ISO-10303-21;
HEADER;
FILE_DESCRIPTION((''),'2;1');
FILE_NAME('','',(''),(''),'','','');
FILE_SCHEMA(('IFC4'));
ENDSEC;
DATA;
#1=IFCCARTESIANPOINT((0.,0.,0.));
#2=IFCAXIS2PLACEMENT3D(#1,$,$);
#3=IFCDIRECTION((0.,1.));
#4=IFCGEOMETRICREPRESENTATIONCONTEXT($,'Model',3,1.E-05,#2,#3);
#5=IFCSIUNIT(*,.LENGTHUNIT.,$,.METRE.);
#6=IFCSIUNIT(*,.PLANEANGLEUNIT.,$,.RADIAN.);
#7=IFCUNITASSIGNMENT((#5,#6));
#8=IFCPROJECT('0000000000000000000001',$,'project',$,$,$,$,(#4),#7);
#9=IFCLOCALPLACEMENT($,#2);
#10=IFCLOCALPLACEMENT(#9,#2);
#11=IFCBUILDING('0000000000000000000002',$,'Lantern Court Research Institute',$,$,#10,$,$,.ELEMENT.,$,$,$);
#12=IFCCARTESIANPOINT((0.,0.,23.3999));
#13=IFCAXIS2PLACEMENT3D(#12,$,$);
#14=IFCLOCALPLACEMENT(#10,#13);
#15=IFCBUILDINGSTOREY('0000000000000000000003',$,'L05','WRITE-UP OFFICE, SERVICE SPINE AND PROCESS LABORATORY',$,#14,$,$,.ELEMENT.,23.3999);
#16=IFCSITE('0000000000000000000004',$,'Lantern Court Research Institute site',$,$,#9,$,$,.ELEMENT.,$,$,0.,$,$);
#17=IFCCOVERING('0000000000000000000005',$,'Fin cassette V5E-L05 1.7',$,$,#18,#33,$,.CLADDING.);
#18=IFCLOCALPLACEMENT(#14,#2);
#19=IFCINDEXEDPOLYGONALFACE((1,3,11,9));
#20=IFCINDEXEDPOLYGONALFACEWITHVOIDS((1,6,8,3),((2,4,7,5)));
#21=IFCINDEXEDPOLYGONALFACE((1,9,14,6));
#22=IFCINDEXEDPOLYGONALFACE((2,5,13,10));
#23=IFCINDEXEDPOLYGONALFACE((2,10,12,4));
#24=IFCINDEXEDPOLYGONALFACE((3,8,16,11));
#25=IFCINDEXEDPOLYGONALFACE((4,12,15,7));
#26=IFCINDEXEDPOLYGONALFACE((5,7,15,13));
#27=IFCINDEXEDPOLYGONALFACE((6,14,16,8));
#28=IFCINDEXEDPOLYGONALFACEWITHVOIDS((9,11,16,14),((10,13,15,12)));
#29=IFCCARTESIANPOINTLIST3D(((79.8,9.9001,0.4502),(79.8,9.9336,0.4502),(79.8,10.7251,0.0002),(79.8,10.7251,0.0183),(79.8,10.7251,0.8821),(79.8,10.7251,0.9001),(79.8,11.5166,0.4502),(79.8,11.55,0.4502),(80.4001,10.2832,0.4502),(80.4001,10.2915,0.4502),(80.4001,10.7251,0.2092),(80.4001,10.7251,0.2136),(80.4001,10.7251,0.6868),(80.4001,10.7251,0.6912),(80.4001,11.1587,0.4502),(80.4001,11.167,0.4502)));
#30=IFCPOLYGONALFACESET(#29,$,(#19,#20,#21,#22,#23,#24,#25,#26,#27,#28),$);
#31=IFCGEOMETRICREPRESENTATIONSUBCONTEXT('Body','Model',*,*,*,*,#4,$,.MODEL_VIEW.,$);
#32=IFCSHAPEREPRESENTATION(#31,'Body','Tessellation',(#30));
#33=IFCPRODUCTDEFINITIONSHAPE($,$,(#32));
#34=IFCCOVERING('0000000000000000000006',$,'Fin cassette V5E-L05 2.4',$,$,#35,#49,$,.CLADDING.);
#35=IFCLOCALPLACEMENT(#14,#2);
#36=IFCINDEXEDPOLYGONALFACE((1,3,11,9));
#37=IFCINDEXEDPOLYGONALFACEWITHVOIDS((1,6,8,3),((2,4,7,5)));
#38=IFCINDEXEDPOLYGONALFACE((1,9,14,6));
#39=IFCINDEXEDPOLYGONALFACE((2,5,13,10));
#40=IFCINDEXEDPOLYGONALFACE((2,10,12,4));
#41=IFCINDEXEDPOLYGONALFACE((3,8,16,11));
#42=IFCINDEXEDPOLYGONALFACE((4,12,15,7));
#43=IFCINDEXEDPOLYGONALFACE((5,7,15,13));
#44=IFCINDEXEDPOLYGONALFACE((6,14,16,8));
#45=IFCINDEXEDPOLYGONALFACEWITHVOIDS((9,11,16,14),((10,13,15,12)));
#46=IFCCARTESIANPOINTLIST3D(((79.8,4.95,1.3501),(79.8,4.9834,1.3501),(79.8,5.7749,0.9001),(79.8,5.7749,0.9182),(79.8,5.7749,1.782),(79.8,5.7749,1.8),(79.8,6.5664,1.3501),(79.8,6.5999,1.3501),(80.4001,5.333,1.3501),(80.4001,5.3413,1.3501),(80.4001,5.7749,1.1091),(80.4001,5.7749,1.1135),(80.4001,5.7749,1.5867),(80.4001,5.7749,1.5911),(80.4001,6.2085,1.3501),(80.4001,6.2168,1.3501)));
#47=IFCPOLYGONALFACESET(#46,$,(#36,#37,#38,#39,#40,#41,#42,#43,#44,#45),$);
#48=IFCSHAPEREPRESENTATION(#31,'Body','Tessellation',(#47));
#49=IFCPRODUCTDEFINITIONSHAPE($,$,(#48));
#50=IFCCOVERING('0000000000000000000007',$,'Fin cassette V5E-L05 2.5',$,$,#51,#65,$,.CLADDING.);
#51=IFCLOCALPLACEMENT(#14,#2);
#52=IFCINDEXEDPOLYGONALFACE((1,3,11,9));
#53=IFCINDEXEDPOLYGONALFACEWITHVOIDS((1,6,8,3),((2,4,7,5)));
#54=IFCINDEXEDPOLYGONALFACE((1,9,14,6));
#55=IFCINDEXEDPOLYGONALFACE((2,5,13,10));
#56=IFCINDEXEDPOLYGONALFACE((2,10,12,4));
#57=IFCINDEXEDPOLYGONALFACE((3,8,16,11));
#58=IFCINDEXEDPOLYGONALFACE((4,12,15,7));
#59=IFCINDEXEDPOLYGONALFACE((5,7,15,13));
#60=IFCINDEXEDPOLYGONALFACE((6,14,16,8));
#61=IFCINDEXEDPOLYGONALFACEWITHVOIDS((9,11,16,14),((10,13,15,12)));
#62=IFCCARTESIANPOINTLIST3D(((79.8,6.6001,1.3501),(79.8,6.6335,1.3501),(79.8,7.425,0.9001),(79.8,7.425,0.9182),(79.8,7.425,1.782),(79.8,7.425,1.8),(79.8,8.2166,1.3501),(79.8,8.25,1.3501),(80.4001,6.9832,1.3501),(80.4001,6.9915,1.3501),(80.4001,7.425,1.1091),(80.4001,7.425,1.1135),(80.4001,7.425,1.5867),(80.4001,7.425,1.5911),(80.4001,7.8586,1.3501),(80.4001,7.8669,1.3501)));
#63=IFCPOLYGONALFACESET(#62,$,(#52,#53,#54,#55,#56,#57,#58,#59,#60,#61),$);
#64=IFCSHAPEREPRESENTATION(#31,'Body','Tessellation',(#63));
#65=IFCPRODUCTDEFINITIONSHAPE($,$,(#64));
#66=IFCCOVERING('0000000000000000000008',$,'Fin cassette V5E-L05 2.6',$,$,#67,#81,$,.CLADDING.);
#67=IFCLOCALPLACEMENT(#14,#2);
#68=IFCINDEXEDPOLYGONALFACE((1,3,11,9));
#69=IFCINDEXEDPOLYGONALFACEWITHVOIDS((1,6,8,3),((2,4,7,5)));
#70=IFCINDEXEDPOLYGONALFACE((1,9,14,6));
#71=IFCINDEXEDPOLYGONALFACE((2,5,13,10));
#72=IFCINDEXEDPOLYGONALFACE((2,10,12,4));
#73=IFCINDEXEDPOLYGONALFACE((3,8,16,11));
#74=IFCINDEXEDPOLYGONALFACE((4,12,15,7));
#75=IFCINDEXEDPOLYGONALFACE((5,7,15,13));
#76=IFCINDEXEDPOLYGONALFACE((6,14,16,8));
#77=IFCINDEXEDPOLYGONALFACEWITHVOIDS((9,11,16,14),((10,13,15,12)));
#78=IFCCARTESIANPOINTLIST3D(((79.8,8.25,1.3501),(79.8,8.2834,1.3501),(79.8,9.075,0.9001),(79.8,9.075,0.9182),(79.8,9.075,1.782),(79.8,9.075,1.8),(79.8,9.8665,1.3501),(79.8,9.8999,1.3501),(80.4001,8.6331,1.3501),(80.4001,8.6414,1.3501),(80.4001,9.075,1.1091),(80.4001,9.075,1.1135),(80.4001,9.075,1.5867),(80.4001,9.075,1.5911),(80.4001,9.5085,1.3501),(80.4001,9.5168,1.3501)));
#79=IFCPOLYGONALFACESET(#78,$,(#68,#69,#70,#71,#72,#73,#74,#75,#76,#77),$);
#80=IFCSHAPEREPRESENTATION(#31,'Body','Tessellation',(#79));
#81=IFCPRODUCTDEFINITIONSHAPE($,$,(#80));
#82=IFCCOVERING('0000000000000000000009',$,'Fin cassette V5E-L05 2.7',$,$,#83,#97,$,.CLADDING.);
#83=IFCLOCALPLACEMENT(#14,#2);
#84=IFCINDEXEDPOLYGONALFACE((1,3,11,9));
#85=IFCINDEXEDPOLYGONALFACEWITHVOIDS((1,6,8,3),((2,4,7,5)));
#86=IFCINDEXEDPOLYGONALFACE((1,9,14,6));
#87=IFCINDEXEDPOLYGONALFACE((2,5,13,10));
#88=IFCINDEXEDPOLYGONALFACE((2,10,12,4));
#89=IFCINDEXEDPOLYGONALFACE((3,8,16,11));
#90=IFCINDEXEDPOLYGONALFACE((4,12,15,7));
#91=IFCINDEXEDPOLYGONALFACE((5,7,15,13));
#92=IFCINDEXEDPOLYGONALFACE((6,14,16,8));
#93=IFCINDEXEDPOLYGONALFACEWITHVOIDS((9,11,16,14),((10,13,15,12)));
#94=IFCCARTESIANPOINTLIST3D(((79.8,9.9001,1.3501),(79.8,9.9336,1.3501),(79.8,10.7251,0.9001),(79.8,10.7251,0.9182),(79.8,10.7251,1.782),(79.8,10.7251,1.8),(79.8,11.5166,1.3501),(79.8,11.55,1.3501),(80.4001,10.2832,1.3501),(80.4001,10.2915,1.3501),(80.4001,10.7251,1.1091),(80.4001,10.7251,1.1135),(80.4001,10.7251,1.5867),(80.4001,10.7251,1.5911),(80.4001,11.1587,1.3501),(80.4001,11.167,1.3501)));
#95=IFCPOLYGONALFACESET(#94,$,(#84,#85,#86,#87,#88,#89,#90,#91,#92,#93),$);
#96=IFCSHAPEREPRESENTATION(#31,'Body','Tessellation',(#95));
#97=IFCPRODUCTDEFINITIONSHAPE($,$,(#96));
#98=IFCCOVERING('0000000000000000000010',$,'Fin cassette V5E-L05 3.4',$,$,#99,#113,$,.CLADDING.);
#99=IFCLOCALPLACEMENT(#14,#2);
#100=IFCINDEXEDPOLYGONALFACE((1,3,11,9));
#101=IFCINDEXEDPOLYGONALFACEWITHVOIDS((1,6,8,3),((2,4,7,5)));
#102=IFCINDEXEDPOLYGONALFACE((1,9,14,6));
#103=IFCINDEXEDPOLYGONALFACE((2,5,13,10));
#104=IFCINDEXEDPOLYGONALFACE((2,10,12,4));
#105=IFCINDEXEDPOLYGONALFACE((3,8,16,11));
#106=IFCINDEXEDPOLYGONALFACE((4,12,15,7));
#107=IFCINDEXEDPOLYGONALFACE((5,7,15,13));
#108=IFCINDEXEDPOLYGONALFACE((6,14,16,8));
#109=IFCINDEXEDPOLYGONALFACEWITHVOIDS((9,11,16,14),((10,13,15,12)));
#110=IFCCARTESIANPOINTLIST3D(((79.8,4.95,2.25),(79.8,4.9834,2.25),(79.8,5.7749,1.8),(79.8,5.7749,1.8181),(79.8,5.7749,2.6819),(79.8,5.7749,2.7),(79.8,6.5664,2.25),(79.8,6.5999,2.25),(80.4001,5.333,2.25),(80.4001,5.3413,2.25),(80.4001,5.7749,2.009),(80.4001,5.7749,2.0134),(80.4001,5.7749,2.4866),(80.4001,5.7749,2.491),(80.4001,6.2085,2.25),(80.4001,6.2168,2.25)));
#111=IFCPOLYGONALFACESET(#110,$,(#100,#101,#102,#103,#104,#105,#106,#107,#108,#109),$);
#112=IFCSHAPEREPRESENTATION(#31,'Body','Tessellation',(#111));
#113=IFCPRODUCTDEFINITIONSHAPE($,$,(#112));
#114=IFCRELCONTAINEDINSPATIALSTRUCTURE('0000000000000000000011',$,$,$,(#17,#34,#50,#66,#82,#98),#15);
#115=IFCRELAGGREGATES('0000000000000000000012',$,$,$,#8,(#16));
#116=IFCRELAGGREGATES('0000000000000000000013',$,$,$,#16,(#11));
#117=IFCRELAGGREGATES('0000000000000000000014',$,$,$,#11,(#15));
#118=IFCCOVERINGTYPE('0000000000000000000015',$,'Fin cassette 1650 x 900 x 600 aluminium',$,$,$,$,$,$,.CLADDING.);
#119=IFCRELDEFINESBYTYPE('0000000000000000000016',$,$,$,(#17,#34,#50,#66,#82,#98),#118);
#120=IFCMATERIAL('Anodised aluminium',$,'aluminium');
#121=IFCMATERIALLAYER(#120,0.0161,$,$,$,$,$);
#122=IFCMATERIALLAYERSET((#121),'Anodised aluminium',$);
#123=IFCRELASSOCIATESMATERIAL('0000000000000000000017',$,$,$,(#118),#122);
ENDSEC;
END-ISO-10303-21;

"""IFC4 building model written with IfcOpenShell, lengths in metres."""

from ifc_helpers import new_model, entity, si_unit, direction, frame, origin, place, context, subcontext, project, spatial, material, layer, layer_set, type_object, element, save


model = new_model("IFC4")

# Units and contexts
model_context = context("Model", 3, precision=1e-05, world=origin(), true_north=direction((0.0, 1.0)))
body_context = subcontext(model_context, "Body", "Model", "MODEL_VIEW")
ifc_project = project(units=[si_unit("LENGTHUNIT", "METRE"), si_unit("PLANEANGLEUNIT", "RADIAN")], contexts=[model_context])

# Site, building, storey
site_placement = place(None, origin())
site = spatial("IfcSite", under=ifc_project, at=site_placement, Name="Lantern Court Research Institute site", CompositionType="ELEMENT", RefElevation=0.0)
building_placement = place(site_placement, origin())
building = spatial("IfcBuilding", under=site, at=building_placement, Name="Lantern Court Research Institute", CompositionType="ELEMENT")
storey_placement = place(building_placement, frame((0.0, 0.0, 23.3999)))
storey = spatial("IfcBuildingStorey", under=building, at=storey_placement, Name="L05", Description="WRITE-UP OFFICE, SERVICE SPINE AND PROCESS LABORATORY", CompositionType="ELEMENT", Elevation=23.3999)

# Coverings
ifc_material_1 = material(Name="Anodised aluminium", Category="aluminium")
ifc_layer_1 = layer(ifc_material_1, 0.0161)
ifc_layer_set_1 = layer_set([ifc_layer_1], Name="Anodised aluminium")
covering_type = type_object("IfcCoveringType", Name="Fin cassette 1650 x 900 x 600 aluminium", PredefinedType="CLADDING", material=ifc_layer_set_1)
covering_1_placement = place(storey_placement, frame((79.8, 10.7251, 0.4502), z_axis=(1.0, 0.0, 0.0), x_axis=(0.0, 1.0, 0.0)))
cartesian_point_1 = entity("IfcCartesianPoint", [0.825, 0.0])
cartesian_point_2 = entity("IfcCartesianPoint", [0.7915, 0.0])
cartesian_point_3 = entity("IfcCartesianPoint", [0.4419, 0.0])
cartesian_point_4 = entity("IfcCartesianPoint", [0.4336, 0.0])
element("IfcCovering", 1, at=covering_1_placement, inside=storey, type_object=covering_type, Name="Fin cassette V5E-L05 1.7", PredefinedType="CLADDING", context=body_context, shape_type="SweptSolid", body=[
    entity("IfcExtrudedAreaSolidTapered", entity("IfcArbitraryProfileDefWithVoids", "AREA", None, entity("IfcPolyline", [cartesian_point_1, entity("IfcCartesianPoint", [0.0, 0.45]), entity("IfcCartesianPoint", [-0.825, 0.0]), entity("IfcCartesianPoint", [0.0, -0.45]), cartesian_point_1]), [entity("IfcPolyline", [cartesian_point_2, entity("IfcCartesianPoint", [0.0, 0.4319]), entity("IfcCartesianPoint", [-0.7915, 0.0]), entity("IfcCartesianPoint", [0.0, -0.4319]), cartesian_point_2])]), entity("IfcAxis2Placement3D", entity("IfcCartesianPoint", [0.0, 0.0, 0.0])), entity("IfcDirection", [0.0, 0.0, 1.0]), 0.6001, entity("IfcArbitraryProfileDefWithVoids", "AREA", None, entity("IfcPolyline", [cartesian_point_3, entity("IfcCartesianPoint", [0.0, 0.241]), entity("IfcCartesianPoint", [-0.4419, 0.0]), entity("IfcCartesianPoint", [0.0, -0.241]), cartesian_point_3]), [entity("IfcPolyline", [cartesian_point_4, entity("IfcCartesianPoint", [0.0, 0.2366]), entity("IfcCartesianPoint", [-0.4336, 0.0]), entity("IfcCartesianPoint", [0.0, -0.2366]), cartesian_point_4])])),
])
covering_2_placement = place(storey_placement, frame((79.8, 5.7749, 1.3501), z_axis=(1.0, 0.0, 0.0), x_axis=(0.0, 1.0, 0.0)))
cartesian_point_5 = entity("IfcCartesianPoint", [0.825, 0.0])
cartesian_point_6 = entity("IfcCartesianPoint", [0.7915, 0.0])
cartesian_point_7 = entity("IfcCartesianPoint", [0.4419, 0.0])
cartesian_point_8 = entity("IfcCartesianPoint", [0.4336, 0.0])
element("IfcCovering", 2, at=covering_2_placement, inside=storey, type_object=covering_type, Name="Fin cassette V5E-L05 2.4", PredefinedType="CLADDING", context=body_context, shape_type="SweptSolid", body=[
    entity("IfcExtrudedAreaSolidTapered", entity("IfcArbitraryProfileDefWithVoids", "AREA", None, entity("IfcPolyline", [cartesian_point_5, entity("IfcCartesianPoint", [0.0, 0.45]), entity("IfcCartesianPoint", [-0.825, 0.0]), entity("IfcCartesianPoint", [0.0, -0.45]), cartesian_point_5]), [entity("IfcPolyline", [cartesian_point_6, entity("IfcCartesianPoint", [0.0, 0.4319]), entity("IfcCartesianPoint", [-0.7915, 0.0]), entity("IfcCartesianPoint", [0.0, -0.4319]), cartesian_point_6])]), entity("IfcAxis2Placement3D", entity("IfcCartesianPoint", [0.0, 0.0, 0.0])), entity("IfcDirection", [0.0, 0.0, 1.0]), 0.6001, entity("IfcArbitraryProfileDefWithVoids", "AREA", None, entity("IfcPolyline", [cartesian_point_7, entity("IfcCartesianPoint", [0.0, 0.241]), entity("IfcCartesianPoint", [-0.4419, 0.0]), entity("IfcCartesianPoint", [0.0, -0.241]), cartesian_point_7]), [entity("IfcPolyline", [cartesian_point_8, entity("IfcCartesianPoint", [0.0, 0.2366]), entity("IfcCartesianPoint", [-0.4336, 0.0]), entity("IfcCartesianPoint", [0.0, -0.2366]), cartesian_point_8])])),
])
covering_3_placement = place(storey_placement, frame((79.8, 7.425, 1.3501), z_axis=(1.0, 0.0, 0.0), x_axis=(0.0, 1.0, 0.0)))
cartesian_point_9 = entity("IfcCartesianPoint", [0.825, 0.0])
cartesian_point_10 = entity("IfcCartesianPoint", [0.7915, 0.0])
cartesian_point_11 = entity("IfcCartesianPoint", [0.4419, 0.0])
cartesian_point_12 = entity("IfcCartesianPoint", [0.4336, 0.0])
element("IfcCovering", 3, at=covering_3_placement, inside=storey, type_object=covering_type, Name="Fin cassette V5E-L05 2.5", PredefinedType="CLADDING", context=body_context, shape_type="SweptSolid", body=[
    entity("IfcExtrudedAreaSolidTapered", entity("IfcArbitraryProfileDefWithVoids", "AREA", None, entity("IfcPolyline", [cartesian_point_9, entity("IfcCartesianPoint", [0.0, 0.45]), entity("IfcCartesianPoint", [-0.825, 0.0]), entity("IfcCartesianPoint", [0.0, -0.45]), cartesian_point_9]), [entity("IfcPolyline", [cartesian_point_10, entity("IfcCartesianPoint", [0.0, 0.4319]), entity("IfcCartesianPoint", [-0.7915, 0.0]), entity("IfcCartesianPoint", [0.0, -0.4319]), cartesian_point_10])]), entity("IfcAxis2Placement3D", entity("IfcCartesianPoint", [0.0, 0.0, 0.0])), entity("IfcDirection", [0.0, 0.0, 1.0]), 0.6001, entity("IfcArbitraryProfileDefWithVoids", "AREA", None, entity("IfcPolyline", [cartesian_point_11, entity("IfcCartesianPoint", [0.0, 0.241]), entity("IfcCartesianPoint", [-0.4419, 0.0]), entity("IfcCartesianPoint", [0.0, -0.241]), cartesian_point_11]), [entity("IfcPolyline", [cartesian_point_12, entity("IfcCartesianPoint", [0.0, 0.2366]), entity("IfcCartesianPoint", [-0.4336, 0.0]), entity("IfcCartesianPoint", [0.0, -0.2366]), cartesian_point_12])])),
])
covering_4_placement = place(storey_placement, frame((79.8, 9.075, 1.3501), z_axis=(1.0, 0.0, 0.0), x_axis=(0.0, 1.0, 0.0)))
cartesian_point_13 = entity("IfcCartesianPoint", [0.825, 0.0])
cartesian_point_14 = entity("IfcCartesianPoint", [0.7915, 0.0])
cartesian_point_15 = entity("IfcCartesianPoint", [0.4419, 0.0])
cartesian_point_16 = entity("IfcCartesianPoint", [0.4336, 0.0])
element("IfcCovering", 4, at=covering_4_placement, inside=storey, type_object=covering_type, Name="Fin cassette V5E-L05 2.6", PredefinedType="CLADDING", context=body_context, shape_type="SweptSolid", body=[
    entity("IfcExtrudedAreaSolidTapered", entity("IfcArbitraryProfileDefWithVoids", "AREA", None, entity("IfcPolyline", [cartesian_point_13, entity("IfcCartesianPoint", [0.0, 0.45]), entity("IfcCartesianPoint", [-0.825, 0.0]), entity("IfcCartesianPoint", [0.0, -0.45]), cartesian_point_13]), [entity("IfcPolyline", [cartesian_point_14, entity("IfcCartesianPoint", [0.0, 0.4319]), entity("IfcCartesianPoint", [-0.7915, 0.0]), entity("IfcCartesianPoint", [0.0, -0.4319]), cartesian_point_14])]), entity("IfcAxis2Placement3D", entity("IfcCartesianPoint", [0.0, 0.0, 0.0])), entity("IfcDirection", [0.0, 0.0, 1.0]), 0.6001, entity("IfcArbitraryProfileDefWithVoids", "AREA", None, entity("IfcPolyline", [cartesian_point_15, entity("IfcCartesianPoint", [0.0, 0.241]), entity("IfcCartesianPoint", [-0.4419, 0.0]), entity("IfcCartesianPoint", [0.0, -0.241]), cartesian_point_15]), [entity("IfcPolyline", [cartesian_point_16, entity("IfcCartesianPoint", [0.0, 0.2366]), entity("IfcCartesianPoint", [-0.4336, 0.0]), entity("IfcCartesianPoint", [0.0, -0.2366]), cartesian_point_16])])),
])
covering_5_placement = place(storey_placement, frame((79.8, 10.7251, 1.3501), z_axis=(1.0, 0.0, 0.0), x_axis=(0.0, 1.0, 0.0)))
cartesian_point_17 = entity("IfcCartesianPoint", [0.825, 0.0])
cartesian_point_18 = entity("IfcCartesianPoint", [0.7915, 0.0])
cartesian_point_19 = entity("IfcCartesianPoint", [0.4419, 0.0])
cartesian_point_20 = entity("IfcCartesianPoint", [0.4336, 0.0])
element("IfcCovering", 5, at=covering_5_placement, inside=storey, type_object=covering_type, Name="Fin cassette V5E-L05 2.7", PredefinedType="CLADDING", context=body_context, shape_type="SweptSolid", body=[
    entity("IfcExtrudedAreaSolidTapered", entity("IfcArbitraryProfileDefWithVoids", "AREA", None, entity("IfcPolyline", [cartesian_point_17, entity("IfcCartesianPoint", [0.0, 0.45]), entity("IfcCartesianPoint", [-0.825, 0.0]), entity("IfcCartesianPoint", [0.0, -0.45]), cartesian_point_17]), [entity("IfcPolyline", [cartesian_point_18, entity("IfcCartesianPoint", [0.0, 0.4319]), entity("IfcCartesianPoint", [-0.7915, 0.0]), entity("IfcCartesianPoint", [0.0, -0.4319]), cartesian_point_18])]), entity("IfcAxis2Placement3D", entity("IfcCartesianPoint", [0.0, 0.0, 0.0])), entity("IfcDirection", [0.0, 0.0, 1.0]), 0.6001, entity("IfcArbitraryProfileDefWithVoids", "AREA", None, entity("IfcPolyline", [cartesian_point_19, entity("IfcCartesianPoint", [0.0, 0.241]), entity("IfcCartesianPoint", [-0.4419, 0.0]), entity("IfcCartesianPoint", [0.0, -0.241]), cartesian_point_19]), [entity("IfcPolyline", [cartesian_point_20, entity("IfcCartesianPoint", [0.0, 0.2366]), entity("IfcCartesianPoint", [-0.4336, 0.0]), entity("IfcCartesianPoint", [0.0, -0.2366]), cartesian_point_20])])),
])
covering_6_placement = place(storey_placement, frame((79.8, 5.7749, 2.25), z_axis=(1.0, 0.0, 0.0), x_axis=(0.0, 1.0, 0.0)))
cartesian_point_21 = entity("IfcCartesianPoint", [0.825, 0.0])
cartesian_point_22 = entity("IfcCartesianPoint", [0.7915, 0.0])
cartesian_point_23 = entity("IfcCartesianPoint", [0.4419, 0.0])
cartesian_point_24 = entity("IfcCartesianPoint", [0.4336, 0.0])
element("IfcCovering", 6, at=covering_6_placement, inside=storey, type_object=covering_type, Name="Fin cassette V5E-L05 3.4", PredefinedType="CLADDING", context=body_context, shape_type="SweptSolid", body=[
    entity("IfcExtrudedAreaSolidTapered", entity("IfcArbitraryProfileDefWithVoids", "AREA", None, entity("IfcPolyline", [cartesian_point_21, entity("IfcCartesianPoint", [0.0, 0.45]), entity("IfcCartesianPoint", [-0.825, 0.0]), entity("IfcCartesianPoint", [0.0, -0.45]), cartesian_point_21]), [entity("IfcPolyline", [cartesian_point_22, entity("IfcCartesianPoint", [0.0, 0.4319]), entity("IfcCartesianPoint", [-0.7915, 0.0]), entity("IfcCartesianPoint", [0.0, -0.4319]), cartesian_point_22])]), entity("IfcAxis2Placement3D", entity("IfcCartesianPoint", [0.0, 0.0, 0.0])), entity("IfcDirection", [0.0, 0.0, 1.0]), 0.6001, entity("IfcArbitraryProfileDefWithVoids", "AREA", None, entity("IfcPolyline", [cartesian_point_23, entity("IfcCartesianPoint", [0.0, 0.241]), entity("IfcCartesianPoint", [-0.4419, 0.0]), entity("IfcCartesianPoint", [0.0, -0.241]), cartesian_point_23]), [entity("IfcPolyline", [cartesian_point_24, entity("IfcCartesianPoint", [0.0, 0.2366]), entity("IfcCartesianPoint", [-0.4336, 0.0]), entity("IfcCartesianPoint", [0.0, -0.2366]), cartesian_point_24])])),
])

save(model, "model.ifc")
